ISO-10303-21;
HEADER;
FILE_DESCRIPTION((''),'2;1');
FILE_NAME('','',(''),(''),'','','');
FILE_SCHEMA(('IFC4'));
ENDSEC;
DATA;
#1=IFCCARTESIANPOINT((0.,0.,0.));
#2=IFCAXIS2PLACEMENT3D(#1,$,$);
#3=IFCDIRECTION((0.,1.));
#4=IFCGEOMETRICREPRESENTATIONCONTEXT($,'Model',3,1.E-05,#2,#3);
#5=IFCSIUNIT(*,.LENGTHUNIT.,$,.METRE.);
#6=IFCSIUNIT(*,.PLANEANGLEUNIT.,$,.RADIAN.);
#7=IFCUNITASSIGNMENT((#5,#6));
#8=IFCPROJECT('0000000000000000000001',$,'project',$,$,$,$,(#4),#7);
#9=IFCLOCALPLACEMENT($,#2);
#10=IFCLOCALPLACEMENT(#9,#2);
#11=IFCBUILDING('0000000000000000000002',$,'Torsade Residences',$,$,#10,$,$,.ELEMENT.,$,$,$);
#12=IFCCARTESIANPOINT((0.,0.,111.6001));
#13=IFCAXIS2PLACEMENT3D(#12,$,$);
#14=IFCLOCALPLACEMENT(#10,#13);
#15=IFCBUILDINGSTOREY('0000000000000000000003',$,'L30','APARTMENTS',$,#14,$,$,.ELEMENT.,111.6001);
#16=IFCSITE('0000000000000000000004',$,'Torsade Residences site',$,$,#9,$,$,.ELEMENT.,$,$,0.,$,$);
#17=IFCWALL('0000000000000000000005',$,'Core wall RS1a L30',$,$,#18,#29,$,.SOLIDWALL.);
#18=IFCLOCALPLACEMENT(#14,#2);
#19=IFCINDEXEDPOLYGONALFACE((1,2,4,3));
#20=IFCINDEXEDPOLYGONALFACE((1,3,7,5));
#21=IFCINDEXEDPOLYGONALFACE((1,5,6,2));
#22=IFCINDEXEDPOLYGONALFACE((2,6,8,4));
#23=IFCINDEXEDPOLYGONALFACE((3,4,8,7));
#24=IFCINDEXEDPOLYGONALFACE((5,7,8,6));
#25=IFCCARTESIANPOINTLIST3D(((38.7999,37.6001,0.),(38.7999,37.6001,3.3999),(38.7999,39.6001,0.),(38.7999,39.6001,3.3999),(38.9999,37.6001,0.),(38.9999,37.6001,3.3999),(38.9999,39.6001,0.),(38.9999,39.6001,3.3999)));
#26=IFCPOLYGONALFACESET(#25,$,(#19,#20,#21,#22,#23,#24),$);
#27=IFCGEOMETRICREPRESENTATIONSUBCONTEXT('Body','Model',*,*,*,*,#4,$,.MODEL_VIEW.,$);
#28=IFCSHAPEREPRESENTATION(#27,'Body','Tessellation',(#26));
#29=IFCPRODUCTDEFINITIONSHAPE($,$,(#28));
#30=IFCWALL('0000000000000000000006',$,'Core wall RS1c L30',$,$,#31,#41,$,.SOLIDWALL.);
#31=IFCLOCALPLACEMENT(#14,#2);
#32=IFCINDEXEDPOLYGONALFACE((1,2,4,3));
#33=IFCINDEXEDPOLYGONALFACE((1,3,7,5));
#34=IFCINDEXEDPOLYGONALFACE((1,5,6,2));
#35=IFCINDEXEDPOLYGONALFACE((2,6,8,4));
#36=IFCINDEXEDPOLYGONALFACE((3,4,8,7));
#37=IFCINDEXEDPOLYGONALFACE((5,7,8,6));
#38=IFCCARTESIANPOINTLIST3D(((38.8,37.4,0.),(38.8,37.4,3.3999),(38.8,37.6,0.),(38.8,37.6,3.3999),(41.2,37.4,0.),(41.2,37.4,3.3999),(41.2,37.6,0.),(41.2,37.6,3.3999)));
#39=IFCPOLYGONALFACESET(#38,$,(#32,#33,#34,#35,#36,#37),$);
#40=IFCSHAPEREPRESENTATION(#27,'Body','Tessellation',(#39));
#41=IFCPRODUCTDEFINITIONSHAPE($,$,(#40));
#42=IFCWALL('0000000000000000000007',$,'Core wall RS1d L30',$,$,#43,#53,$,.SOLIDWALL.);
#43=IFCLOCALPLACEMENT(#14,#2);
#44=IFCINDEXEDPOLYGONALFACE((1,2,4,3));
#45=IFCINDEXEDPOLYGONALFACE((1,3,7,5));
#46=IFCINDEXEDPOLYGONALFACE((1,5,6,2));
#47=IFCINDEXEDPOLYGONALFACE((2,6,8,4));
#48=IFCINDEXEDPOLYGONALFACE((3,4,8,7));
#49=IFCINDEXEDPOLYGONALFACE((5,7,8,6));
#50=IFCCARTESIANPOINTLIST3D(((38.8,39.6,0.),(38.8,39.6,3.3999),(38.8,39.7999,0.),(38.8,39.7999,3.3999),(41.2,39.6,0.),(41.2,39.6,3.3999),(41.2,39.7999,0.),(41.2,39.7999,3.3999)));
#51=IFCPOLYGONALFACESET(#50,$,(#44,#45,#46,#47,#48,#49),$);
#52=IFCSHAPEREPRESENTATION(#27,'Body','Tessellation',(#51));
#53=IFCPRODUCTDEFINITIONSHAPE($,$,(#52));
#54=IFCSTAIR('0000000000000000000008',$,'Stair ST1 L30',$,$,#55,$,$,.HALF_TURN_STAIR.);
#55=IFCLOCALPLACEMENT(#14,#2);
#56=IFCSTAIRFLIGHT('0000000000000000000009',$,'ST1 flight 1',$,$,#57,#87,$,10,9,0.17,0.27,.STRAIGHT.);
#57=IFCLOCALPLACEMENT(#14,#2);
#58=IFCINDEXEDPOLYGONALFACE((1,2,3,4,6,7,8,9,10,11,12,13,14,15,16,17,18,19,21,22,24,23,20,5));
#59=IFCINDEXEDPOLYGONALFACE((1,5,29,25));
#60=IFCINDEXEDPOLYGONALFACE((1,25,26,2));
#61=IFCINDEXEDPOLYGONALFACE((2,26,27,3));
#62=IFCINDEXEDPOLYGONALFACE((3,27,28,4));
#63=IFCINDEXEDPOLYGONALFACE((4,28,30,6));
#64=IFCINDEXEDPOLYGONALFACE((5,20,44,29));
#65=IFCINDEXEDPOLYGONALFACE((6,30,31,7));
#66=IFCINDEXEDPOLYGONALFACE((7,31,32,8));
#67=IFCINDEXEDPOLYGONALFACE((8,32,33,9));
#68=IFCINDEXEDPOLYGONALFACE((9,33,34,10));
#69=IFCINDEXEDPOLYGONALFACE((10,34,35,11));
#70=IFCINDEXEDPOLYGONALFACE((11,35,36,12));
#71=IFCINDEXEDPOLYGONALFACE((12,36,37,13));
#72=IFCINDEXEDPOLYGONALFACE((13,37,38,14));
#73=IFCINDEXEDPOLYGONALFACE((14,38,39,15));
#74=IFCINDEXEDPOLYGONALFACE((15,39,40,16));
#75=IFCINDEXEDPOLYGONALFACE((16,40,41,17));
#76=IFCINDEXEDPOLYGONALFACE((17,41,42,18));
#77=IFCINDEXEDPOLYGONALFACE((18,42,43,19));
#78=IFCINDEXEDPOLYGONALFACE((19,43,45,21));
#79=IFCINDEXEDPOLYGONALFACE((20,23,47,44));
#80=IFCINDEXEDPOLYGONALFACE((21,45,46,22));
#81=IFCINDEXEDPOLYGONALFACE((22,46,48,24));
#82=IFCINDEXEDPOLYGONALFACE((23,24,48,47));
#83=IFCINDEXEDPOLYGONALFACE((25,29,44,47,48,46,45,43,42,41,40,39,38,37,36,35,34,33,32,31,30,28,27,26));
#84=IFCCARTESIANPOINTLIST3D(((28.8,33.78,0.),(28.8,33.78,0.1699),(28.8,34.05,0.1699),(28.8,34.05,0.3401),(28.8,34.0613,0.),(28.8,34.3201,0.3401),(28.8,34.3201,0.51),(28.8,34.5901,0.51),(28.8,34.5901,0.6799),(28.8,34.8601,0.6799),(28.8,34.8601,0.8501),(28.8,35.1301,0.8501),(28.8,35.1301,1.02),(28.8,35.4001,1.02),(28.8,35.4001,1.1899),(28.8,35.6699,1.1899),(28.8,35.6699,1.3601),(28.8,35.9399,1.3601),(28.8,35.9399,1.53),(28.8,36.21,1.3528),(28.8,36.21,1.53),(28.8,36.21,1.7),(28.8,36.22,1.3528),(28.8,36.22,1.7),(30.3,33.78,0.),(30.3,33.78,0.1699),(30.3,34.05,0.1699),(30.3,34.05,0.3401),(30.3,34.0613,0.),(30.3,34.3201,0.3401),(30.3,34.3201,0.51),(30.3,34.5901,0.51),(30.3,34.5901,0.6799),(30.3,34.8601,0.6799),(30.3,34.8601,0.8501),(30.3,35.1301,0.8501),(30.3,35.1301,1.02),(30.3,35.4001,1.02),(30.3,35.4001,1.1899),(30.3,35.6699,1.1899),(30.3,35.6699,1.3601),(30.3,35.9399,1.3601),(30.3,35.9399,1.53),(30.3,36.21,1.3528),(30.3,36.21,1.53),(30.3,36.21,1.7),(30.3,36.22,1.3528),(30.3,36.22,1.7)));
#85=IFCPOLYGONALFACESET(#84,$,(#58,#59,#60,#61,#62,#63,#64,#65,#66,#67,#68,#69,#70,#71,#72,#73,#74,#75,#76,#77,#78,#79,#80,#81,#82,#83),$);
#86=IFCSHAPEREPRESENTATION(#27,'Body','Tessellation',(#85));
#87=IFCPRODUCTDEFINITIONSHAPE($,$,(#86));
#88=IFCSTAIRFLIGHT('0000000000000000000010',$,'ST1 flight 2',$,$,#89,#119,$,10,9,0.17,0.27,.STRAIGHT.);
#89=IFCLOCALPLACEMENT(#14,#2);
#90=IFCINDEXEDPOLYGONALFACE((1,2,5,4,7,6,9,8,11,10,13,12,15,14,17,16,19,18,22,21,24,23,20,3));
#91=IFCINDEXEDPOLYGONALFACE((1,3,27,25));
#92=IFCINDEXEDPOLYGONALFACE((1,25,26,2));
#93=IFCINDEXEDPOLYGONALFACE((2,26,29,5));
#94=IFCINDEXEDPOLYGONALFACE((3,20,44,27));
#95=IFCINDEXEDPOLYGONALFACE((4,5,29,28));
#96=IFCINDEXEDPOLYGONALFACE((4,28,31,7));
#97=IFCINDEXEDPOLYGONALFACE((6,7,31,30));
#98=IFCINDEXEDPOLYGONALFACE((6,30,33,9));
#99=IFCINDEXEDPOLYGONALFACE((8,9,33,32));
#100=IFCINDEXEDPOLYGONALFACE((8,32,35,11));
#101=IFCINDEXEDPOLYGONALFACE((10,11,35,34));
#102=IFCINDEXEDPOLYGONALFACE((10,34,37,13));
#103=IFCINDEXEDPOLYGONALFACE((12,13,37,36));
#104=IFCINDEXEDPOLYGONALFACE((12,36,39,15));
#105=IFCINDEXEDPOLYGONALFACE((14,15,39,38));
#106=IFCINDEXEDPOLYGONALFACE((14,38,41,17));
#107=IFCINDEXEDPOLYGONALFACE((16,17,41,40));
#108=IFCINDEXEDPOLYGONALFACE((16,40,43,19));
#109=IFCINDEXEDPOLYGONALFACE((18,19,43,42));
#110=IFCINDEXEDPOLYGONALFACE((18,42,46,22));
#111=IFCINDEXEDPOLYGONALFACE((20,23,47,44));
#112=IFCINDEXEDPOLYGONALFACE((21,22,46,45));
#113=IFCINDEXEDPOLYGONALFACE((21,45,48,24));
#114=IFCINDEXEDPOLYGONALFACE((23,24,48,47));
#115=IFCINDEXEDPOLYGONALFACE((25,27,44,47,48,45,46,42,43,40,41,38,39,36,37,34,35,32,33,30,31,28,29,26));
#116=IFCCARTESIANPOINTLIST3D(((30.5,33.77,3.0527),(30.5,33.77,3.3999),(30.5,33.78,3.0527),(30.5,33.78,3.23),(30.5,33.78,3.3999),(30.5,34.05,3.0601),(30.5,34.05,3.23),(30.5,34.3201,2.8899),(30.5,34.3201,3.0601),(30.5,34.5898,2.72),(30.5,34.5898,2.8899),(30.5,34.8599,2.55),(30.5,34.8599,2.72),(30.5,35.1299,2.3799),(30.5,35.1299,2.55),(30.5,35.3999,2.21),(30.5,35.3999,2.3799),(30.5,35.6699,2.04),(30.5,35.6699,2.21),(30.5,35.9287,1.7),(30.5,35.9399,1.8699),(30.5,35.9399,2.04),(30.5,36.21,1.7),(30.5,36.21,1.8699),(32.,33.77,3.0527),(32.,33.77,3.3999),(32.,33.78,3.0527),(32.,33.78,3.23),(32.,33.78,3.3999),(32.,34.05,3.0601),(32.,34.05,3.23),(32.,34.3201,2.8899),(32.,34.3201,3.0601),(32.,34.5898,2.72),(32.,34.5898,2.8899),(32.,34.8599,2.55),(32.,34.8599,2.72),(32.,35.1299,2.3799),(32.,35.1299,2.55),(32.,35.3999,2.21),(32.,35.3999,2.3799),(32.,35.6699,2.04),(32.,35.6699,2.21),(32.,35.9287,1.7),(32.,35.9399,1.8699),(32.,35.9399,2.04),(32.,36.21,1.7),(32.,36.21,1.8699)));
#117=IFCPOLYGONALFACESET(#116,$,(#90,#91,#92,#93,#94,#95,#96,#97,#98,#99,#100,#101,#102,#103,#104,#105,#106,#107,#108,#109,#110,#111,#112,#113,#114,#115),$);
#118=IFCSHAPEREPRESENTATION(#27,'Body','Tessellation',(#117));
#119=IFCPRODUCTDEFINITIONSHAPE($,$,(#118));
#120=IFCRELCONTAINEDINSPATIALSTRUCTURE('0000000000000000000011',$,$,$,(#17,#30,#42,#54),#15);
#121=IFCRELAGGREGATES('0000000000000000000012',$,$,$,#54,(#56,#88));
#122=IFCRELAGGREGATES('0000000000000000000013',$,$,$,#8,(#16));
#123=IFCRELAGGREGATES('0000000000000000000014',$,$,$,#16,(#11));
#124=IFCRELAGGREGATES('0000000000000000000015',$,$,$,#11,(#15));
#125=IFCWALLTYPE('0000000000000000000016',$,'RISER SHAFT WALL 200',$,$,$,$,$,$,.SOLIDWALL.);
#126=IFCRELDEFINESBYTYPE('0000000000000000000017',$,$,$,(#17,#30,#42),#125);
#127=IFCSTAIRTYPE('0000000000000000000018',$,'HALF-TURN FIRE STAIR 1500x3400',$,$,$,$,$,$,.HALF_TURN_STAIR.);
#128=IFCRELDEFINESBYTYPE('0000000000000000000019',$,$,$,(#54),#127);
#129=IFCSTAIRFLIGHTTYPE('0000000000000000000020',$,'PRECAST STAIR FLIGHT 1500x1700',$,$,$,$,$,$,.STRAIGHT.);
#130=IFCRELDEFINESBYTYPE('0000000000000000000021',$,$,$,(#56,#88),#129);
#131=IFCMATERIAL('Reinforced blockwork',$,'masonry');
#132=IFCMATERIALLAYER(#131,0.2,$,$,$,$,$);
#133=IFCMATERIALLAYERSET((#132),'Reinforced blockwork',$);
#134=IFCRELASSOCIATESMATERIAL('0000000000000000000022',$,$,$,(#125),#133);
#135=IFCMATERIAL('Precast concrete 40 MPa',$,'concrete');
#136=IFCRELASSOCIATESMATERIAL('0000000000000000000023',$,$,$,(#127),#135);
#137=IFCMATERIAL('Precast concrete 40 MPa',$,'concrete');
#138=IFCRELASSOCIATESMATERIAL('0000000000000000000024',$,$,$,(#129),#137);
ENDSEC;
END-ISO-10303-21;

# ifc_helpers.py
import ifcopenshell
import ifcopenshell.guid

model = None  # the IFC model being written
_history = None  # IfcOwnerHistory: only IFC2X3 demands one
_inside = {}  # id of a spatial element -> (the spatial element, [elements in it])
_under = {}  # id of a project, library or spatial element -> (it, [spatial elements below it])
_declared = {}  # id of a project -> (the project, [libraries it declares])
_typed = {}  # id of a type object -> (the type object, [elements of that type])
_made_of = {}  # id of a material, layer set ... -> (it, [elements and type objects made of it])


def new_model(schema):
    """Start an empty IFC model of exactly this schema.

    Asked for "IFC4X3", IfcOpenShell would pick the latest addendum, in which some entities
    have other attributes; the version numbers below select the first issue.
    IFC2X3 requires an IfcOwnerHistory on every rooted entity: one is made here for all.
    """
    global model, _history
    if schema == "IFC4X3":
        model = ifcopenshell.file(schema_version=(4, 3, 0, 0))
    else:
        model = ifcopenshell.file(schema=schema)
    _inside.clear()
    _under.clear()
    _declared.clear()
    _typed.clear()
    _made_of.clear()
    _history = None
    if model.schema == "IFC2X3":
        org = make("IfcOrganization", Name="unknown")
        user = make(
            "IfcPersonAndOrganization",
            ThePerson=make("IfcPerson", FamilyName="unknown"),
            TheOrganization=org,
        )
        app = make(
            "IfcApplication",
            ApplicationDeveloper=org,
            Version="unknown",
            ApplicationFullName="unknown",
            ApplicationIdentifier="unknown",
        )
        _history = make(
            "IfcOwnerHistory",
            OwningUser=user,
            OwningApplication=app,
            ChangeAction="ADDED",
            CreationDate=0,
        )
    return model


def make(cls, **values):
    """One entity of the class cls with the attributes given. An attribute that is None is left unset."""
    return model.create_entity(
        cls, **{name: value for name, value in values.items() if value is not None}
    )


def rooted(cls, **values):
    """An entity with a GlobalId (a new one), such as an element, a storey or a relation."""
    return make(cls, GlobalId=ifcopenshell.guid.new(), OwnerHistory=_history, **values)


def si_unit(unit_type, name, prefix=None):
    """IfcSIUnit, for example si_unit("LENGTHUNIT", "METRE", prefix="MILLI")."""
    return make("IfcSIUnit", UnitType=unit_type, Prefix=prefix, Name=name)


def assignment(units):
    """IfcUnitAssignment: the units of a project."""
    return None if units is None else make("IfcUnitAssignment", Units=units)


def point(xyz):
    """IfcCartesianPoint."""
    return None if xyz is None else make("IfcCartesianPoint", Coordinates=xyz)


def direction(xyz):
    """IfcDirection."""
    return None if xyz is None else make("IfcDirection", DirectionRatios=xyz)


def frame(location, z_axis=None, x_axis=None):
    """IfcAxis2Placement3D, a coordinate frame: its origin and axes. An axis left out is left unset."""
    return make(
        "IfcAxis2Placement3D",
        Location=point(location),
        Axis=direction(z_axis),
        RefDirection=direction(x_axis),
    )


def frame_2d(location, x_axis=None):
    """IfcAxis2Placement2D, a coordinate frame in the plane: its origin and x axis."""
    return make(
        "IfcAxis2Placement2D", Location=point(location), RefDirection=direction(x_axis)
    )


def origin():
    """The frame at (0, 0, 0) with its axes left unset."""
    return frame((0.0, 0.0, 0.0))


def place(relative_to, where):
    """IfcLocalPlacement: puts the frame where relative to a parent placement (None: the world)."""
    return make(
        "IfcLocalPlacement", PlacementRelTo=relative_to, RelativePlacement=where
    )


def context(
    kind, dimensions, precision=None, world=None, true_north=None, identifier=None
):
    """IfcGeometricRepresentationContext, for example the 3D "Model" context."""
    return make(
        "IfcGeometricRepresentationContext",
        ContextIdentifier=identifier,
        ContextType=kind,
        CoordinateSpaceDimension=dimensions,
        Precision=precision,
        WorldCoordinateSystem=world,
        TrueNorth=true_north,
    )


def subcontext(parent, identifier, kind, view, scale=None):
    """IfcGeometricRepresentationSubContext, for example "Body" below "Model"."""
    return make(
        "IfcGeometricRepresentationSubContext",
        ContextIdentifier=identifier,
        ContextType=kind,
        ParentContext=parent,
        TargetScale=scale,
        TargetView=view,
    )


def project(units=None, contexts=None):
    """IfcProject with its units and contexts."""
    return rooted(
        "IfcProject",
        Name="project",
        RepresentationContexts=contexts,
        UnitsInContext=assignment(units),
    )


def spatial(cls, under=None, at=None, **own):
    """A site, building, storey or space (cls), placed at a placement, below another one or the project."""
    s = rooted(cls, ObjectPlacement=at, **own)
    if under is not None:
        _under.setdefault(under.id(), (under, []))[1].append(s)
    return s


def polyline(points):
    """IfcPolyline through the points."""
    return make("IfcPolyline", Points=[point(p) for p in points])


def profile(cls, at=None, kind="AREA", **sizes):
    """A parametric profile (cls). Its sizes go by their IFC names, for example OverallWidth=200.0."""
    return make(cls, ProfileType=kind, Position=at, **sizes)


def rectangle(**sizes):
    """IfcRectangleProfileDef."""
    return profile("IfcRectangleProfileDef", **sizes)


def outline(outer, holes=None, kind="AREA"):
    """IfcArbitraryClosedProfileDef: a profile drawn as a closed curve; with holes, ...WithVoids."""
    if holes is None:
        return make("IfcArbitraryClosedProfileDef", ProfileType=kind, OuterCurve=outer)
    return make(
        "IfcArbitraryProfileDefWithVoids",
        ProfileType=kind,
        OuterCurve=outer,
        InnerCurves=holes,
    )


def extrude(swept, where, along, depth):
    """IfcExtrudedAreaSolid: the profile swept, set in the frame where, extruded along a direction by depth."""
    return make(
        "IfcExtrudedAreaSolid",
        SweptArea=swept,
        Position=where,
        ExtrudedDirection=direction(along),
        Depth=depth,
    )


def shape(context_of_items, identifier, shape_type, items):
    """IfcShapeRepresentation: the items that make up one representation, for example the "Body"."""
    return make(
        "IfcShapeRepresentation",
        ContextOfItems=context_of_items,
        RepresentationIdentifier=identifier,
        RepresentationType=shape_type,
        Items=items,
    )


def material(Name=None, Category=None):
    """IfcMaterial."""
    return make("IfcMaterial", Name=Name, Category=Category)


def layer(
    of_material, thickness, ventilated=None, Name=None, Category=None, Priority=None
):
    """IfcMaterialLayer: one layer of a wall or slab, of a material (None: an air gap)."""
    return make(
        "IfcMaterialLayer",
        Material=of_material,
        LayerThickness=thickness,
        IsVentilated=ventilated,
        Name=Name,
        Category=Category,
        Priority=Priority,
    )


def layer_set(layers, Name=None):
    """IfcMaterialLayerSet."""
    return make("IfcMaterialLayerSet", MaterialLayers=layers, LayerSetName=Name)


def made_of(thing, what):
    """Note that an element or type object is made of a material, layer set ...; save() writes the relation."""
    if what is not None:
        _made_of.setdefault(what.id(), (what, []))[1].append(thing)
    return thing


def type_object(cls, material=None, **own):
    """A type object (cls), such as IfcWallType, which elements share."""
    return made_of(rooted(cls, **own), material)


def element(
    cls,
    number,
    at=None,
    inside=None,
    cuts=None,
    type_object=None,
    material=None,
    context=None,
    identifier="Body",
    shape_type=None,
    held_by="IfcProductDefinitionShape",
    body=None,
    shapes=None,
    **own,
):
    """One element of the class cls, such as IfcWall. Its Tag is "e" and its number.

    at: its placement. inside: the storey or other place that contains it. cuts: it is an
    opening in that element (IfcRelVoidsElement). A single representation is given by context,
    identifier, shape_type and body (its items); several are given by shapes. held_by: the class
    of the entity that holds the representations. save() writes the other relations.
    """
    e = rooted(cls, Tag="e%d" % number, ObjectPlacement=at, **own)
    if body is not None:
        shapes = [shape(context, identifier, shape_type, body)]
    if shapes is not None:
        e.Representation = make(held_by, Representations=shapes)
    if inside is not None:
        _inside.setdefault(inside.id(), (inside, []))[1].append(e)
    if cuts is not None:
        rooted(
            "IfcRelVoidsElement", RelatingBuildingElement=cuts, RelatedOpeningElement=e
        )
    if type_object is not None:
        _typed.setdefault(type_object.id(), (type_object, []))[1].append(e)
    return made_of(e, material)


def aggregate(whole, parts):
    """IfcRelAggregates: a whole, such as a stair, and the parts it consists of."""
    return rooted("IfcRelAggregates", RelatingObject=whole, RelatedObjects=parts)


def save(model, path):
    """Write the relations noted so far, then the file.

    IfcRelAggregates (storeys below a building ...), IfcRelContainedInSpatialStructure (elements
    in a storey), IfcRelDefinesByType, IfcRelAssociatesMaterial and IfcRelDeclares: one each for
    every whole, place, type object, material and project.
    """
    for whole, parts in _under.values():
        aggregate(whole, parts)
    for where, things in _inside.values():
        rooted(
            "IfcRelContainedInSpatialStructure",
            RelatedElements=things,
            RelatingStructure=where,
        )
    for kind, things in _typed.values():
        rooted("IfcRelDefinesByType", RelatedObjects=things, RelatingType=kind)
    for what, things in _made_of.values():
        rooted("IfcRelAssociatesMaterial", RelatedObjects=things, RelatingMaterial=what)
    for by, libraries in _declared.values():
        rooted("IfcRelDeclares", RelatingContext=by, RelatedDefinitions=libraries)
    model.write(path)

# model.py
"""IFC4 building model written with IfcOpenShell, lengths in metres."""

from ifc_helpers import new_model, si_unit, direction, frame, frame_2d, origin, place, context, subcontext, project, spatial, polyline, rectangle, outline, extrude, material, layer, layer_set, type_object, element, aggregate, save


model = new_model("IFC4")

# Units and contexts
model_context = context("Model", 3, precision=1e-05, world=origin(), true_north=direction((0.0, 1.0)))
body_context = subcontext(model_context, "Body", "Model", "MODEL_VIEW")
ifc_project = project(units=[si_unit("LENGTHUNIT", "METRE"), si_unit("PLANEANGLEUNIT", "RADIAN")], contexts=[model_context])

# Site, building, storey
site_placement = place(None, origin())
site = spatial("IfcSite", under=ifc_project, at=site_placement, Name="Torsade Residences site", CompositionType="ELEMENT", RefElevation=0.0)
building_placement = place(site_placement, origin())
building = spatial("IfcBuilding", under=site, at=building_placement, Name="Torsade Residences", CompositionType="ELEMENT")
storey_placement = place(building_placement, frame((0.0, 0.0, 111.6001)))
storey = spatial("IfcBuildingStorey", under=building, at=storey_placement, Name="L30", Description="APARTMENTS", CompositionType="ELEMENT", Elevation=111.6001)

# Walls
ifc_material_1 = material(Name="Reinforced blockwork", Category="masonry")
ifc_layer_1 = layer(ifc_material_1, 0.2)
ifc_layer_set_1 = layer_set([ifc_layer_1], Name="Reinforced blockwork")
wall_type_1 = type_object("IfcWallType", Name="RISER SHAFT WALL 200", PredefinedType="SOLIDWALL", material=ifc_layer_set_1)
wall_1_placement = place(storey_placement, frame((38.8999, 37.6001, 0.0), z_axis=(0.0, 0.0, 1.0), x_axis=(0.0, 1.0, 0.0)))
element("IfcWall", 1, at=wall_1_placement, inside=storey, type_object=wall_type_1, Name="Core wall RS1a L30", PredefinedType="SOLIDWALL", context=body_context, shape_type="SweptSolid", body=[
    extrude(rectangle(XDim=2.0, YDim=0.2, at=frame_2d((1.0, 0.0))), origin(), (0.0, 0.0, 1.0), 3.3999),
])
for number, where, z_axis, x_axis, name in (
    (2, (38.8, 37.5, 0.0), (0.0, 0.0, 1.0), (1.0, 0.0, 0.0), "Core wall RS1c L30"),
    (3, (38.8, 39.7, 0.0), (0.0, 0.0, 1.0), (1.0, 0.0, 0.0), "Core wall RS1d L30"),
):
    element("IfcWall", number, at=place(storey_placement, frame(where, z_axis=z_axis, x_axis=x_axis)), inside=storey, type_object=wall_type_1, Name=name, PredefinedType="SOLIDWALL", context=body_context, shape_type="SweptSolid", body=[
        extrude(rectangle(XDim=2.3999, YDim=0.2, at=frame_2d((1.2, 0.0))), origin(), (0.0, 0.0, 1.0), 3.3999),
    ])

# Stair, stair flights
ifc_material_2 = material(Name="Precast concrete 40 MPa", Category="concrete")
stair_type = type_object("IfcStairType", Name="HALF-TURN FIRE STAIR 1500x3400", PredefinedType="HALF_TURN_STAIR", material=ifc_material_2)
stair_placement = place(storey_placement, origin())
stair = element("IfcStair", 4, at=stair_placement, inside=storey, type_object=stair_type, Name="Stair ST1 L30", PredefinedType="HALF_TURN_STAIR")
ifc_material_3 = material(Name="Precast concrete 40 MPa", Category="concrete")
stair_flight_type = type_object("IfcStairFlightType", Name="PRECAST STAIR FLIGHT 1500x1700", PredefinedType="STRAIGHT", material=ifc_material_3)
stair_flight_1_placement = place(storey_placement, frame((29.55, 33.78, 0.0), z_axis=(0.0, 0.0, 1.0), x_axis=(0.0, 1.0, 0.0)))
stair_flight_1 = element("IfcStairFlight", 5, at=stair_flight_1_placement, type_object=stair_flight_type, Name="ST1 flight 1", NumberOfRisers=10, NumberOfTreads=9, PredefinedType="STRAIGHT", RiserHeight=0.17, TreadLength=0.27, context=body_context, shape_type="SweptSolid", body=[
    extrude(outline(polyline([(0.0, 0.0), (0.0, 0.1699), (0.27, 0.1699), (0.27, 0.3401), (0.54, 0.3401), (0.54, 0.51), (0.8101, 0.51), (0.8101, 0.6799), (1.0801, 0.6799), (1.0801, 0.8501), (1.3501, 0.8501), (1.3501, 1.02), (1.6201, 1.02), (1.6201, 1.1899), (1.8899, 1.1899), (1.8899, 1.3601), (2.1599, 1.3601), (2.1599, 1.53), (2.4299, 1.53), (2.4299, 1.7), (2.4399, 1.7), (2.4399, 1.3528), (2.4299, 1.3528), (0.2812, 0.0), (0.0, 0.0)])), frame((0.0, 0.75, 0.0), z_axis=(0.0, -1.0, 0.0), x_axis=(1.0, 0.0, 0.0)), (0.0, 0.0, 1.0), 1.5),
])
stair_flight_2_placement = place(storey_placement, frame((31.25, 36.21, 1.7), z_axis=(0.0, 0.0, 1.0), x_axis=(0.0, -1.0, 0.0)))
stair_flight_2 = element("IfcStairFlight", 6, at=stair_flight_2_placement, type_object=stair_flight_type, Name="ST1 flight 2", NumberOfRisers=10, NumberOfTreads=9, PredefinedType="STRAIGHT", RiserHeight=0.17, TreadLength=0.27, context=body_context, shape_type="SweptSolid", body=[
    extrude(outline(polyline([(0.0, 0.0), (0.0, 0.1699), (0.27, 0.1699), (0.27, 0.3401), (0.54, 0.3401), (0.54, 0.51), (0.8101, 0.51), (0.8101, 0.6799), (1.0801, 0.6799), (1.0801, 0.8501), (1.3501, 0.8501), (1.3501, 1.02), (1.6201, 1.02), (1.6201, 1.1899), (1.8899, 1.1899), (1.8899, 1.3601), (2.1599, 1.3601), (2.1599, 1.53), (2.4299, 1.53), (2.4299, 1.7), (2.4399, 1.7), (2.4399, 1.3528), (2.4299, 1.3528), (0.2812, 0.0), (0.0, 0.0)])), frame((0.0, 0.75, 0.0), z_axis=(0.0, -1.0, 0.0), x_axis=(1.0, 0.0, 0.0)), (0.0, 0.0, 1.0), 1.5),
])
aggregate(stair, [stair_flight_1, stair_flight_2])

save(model, "model.ifc")
